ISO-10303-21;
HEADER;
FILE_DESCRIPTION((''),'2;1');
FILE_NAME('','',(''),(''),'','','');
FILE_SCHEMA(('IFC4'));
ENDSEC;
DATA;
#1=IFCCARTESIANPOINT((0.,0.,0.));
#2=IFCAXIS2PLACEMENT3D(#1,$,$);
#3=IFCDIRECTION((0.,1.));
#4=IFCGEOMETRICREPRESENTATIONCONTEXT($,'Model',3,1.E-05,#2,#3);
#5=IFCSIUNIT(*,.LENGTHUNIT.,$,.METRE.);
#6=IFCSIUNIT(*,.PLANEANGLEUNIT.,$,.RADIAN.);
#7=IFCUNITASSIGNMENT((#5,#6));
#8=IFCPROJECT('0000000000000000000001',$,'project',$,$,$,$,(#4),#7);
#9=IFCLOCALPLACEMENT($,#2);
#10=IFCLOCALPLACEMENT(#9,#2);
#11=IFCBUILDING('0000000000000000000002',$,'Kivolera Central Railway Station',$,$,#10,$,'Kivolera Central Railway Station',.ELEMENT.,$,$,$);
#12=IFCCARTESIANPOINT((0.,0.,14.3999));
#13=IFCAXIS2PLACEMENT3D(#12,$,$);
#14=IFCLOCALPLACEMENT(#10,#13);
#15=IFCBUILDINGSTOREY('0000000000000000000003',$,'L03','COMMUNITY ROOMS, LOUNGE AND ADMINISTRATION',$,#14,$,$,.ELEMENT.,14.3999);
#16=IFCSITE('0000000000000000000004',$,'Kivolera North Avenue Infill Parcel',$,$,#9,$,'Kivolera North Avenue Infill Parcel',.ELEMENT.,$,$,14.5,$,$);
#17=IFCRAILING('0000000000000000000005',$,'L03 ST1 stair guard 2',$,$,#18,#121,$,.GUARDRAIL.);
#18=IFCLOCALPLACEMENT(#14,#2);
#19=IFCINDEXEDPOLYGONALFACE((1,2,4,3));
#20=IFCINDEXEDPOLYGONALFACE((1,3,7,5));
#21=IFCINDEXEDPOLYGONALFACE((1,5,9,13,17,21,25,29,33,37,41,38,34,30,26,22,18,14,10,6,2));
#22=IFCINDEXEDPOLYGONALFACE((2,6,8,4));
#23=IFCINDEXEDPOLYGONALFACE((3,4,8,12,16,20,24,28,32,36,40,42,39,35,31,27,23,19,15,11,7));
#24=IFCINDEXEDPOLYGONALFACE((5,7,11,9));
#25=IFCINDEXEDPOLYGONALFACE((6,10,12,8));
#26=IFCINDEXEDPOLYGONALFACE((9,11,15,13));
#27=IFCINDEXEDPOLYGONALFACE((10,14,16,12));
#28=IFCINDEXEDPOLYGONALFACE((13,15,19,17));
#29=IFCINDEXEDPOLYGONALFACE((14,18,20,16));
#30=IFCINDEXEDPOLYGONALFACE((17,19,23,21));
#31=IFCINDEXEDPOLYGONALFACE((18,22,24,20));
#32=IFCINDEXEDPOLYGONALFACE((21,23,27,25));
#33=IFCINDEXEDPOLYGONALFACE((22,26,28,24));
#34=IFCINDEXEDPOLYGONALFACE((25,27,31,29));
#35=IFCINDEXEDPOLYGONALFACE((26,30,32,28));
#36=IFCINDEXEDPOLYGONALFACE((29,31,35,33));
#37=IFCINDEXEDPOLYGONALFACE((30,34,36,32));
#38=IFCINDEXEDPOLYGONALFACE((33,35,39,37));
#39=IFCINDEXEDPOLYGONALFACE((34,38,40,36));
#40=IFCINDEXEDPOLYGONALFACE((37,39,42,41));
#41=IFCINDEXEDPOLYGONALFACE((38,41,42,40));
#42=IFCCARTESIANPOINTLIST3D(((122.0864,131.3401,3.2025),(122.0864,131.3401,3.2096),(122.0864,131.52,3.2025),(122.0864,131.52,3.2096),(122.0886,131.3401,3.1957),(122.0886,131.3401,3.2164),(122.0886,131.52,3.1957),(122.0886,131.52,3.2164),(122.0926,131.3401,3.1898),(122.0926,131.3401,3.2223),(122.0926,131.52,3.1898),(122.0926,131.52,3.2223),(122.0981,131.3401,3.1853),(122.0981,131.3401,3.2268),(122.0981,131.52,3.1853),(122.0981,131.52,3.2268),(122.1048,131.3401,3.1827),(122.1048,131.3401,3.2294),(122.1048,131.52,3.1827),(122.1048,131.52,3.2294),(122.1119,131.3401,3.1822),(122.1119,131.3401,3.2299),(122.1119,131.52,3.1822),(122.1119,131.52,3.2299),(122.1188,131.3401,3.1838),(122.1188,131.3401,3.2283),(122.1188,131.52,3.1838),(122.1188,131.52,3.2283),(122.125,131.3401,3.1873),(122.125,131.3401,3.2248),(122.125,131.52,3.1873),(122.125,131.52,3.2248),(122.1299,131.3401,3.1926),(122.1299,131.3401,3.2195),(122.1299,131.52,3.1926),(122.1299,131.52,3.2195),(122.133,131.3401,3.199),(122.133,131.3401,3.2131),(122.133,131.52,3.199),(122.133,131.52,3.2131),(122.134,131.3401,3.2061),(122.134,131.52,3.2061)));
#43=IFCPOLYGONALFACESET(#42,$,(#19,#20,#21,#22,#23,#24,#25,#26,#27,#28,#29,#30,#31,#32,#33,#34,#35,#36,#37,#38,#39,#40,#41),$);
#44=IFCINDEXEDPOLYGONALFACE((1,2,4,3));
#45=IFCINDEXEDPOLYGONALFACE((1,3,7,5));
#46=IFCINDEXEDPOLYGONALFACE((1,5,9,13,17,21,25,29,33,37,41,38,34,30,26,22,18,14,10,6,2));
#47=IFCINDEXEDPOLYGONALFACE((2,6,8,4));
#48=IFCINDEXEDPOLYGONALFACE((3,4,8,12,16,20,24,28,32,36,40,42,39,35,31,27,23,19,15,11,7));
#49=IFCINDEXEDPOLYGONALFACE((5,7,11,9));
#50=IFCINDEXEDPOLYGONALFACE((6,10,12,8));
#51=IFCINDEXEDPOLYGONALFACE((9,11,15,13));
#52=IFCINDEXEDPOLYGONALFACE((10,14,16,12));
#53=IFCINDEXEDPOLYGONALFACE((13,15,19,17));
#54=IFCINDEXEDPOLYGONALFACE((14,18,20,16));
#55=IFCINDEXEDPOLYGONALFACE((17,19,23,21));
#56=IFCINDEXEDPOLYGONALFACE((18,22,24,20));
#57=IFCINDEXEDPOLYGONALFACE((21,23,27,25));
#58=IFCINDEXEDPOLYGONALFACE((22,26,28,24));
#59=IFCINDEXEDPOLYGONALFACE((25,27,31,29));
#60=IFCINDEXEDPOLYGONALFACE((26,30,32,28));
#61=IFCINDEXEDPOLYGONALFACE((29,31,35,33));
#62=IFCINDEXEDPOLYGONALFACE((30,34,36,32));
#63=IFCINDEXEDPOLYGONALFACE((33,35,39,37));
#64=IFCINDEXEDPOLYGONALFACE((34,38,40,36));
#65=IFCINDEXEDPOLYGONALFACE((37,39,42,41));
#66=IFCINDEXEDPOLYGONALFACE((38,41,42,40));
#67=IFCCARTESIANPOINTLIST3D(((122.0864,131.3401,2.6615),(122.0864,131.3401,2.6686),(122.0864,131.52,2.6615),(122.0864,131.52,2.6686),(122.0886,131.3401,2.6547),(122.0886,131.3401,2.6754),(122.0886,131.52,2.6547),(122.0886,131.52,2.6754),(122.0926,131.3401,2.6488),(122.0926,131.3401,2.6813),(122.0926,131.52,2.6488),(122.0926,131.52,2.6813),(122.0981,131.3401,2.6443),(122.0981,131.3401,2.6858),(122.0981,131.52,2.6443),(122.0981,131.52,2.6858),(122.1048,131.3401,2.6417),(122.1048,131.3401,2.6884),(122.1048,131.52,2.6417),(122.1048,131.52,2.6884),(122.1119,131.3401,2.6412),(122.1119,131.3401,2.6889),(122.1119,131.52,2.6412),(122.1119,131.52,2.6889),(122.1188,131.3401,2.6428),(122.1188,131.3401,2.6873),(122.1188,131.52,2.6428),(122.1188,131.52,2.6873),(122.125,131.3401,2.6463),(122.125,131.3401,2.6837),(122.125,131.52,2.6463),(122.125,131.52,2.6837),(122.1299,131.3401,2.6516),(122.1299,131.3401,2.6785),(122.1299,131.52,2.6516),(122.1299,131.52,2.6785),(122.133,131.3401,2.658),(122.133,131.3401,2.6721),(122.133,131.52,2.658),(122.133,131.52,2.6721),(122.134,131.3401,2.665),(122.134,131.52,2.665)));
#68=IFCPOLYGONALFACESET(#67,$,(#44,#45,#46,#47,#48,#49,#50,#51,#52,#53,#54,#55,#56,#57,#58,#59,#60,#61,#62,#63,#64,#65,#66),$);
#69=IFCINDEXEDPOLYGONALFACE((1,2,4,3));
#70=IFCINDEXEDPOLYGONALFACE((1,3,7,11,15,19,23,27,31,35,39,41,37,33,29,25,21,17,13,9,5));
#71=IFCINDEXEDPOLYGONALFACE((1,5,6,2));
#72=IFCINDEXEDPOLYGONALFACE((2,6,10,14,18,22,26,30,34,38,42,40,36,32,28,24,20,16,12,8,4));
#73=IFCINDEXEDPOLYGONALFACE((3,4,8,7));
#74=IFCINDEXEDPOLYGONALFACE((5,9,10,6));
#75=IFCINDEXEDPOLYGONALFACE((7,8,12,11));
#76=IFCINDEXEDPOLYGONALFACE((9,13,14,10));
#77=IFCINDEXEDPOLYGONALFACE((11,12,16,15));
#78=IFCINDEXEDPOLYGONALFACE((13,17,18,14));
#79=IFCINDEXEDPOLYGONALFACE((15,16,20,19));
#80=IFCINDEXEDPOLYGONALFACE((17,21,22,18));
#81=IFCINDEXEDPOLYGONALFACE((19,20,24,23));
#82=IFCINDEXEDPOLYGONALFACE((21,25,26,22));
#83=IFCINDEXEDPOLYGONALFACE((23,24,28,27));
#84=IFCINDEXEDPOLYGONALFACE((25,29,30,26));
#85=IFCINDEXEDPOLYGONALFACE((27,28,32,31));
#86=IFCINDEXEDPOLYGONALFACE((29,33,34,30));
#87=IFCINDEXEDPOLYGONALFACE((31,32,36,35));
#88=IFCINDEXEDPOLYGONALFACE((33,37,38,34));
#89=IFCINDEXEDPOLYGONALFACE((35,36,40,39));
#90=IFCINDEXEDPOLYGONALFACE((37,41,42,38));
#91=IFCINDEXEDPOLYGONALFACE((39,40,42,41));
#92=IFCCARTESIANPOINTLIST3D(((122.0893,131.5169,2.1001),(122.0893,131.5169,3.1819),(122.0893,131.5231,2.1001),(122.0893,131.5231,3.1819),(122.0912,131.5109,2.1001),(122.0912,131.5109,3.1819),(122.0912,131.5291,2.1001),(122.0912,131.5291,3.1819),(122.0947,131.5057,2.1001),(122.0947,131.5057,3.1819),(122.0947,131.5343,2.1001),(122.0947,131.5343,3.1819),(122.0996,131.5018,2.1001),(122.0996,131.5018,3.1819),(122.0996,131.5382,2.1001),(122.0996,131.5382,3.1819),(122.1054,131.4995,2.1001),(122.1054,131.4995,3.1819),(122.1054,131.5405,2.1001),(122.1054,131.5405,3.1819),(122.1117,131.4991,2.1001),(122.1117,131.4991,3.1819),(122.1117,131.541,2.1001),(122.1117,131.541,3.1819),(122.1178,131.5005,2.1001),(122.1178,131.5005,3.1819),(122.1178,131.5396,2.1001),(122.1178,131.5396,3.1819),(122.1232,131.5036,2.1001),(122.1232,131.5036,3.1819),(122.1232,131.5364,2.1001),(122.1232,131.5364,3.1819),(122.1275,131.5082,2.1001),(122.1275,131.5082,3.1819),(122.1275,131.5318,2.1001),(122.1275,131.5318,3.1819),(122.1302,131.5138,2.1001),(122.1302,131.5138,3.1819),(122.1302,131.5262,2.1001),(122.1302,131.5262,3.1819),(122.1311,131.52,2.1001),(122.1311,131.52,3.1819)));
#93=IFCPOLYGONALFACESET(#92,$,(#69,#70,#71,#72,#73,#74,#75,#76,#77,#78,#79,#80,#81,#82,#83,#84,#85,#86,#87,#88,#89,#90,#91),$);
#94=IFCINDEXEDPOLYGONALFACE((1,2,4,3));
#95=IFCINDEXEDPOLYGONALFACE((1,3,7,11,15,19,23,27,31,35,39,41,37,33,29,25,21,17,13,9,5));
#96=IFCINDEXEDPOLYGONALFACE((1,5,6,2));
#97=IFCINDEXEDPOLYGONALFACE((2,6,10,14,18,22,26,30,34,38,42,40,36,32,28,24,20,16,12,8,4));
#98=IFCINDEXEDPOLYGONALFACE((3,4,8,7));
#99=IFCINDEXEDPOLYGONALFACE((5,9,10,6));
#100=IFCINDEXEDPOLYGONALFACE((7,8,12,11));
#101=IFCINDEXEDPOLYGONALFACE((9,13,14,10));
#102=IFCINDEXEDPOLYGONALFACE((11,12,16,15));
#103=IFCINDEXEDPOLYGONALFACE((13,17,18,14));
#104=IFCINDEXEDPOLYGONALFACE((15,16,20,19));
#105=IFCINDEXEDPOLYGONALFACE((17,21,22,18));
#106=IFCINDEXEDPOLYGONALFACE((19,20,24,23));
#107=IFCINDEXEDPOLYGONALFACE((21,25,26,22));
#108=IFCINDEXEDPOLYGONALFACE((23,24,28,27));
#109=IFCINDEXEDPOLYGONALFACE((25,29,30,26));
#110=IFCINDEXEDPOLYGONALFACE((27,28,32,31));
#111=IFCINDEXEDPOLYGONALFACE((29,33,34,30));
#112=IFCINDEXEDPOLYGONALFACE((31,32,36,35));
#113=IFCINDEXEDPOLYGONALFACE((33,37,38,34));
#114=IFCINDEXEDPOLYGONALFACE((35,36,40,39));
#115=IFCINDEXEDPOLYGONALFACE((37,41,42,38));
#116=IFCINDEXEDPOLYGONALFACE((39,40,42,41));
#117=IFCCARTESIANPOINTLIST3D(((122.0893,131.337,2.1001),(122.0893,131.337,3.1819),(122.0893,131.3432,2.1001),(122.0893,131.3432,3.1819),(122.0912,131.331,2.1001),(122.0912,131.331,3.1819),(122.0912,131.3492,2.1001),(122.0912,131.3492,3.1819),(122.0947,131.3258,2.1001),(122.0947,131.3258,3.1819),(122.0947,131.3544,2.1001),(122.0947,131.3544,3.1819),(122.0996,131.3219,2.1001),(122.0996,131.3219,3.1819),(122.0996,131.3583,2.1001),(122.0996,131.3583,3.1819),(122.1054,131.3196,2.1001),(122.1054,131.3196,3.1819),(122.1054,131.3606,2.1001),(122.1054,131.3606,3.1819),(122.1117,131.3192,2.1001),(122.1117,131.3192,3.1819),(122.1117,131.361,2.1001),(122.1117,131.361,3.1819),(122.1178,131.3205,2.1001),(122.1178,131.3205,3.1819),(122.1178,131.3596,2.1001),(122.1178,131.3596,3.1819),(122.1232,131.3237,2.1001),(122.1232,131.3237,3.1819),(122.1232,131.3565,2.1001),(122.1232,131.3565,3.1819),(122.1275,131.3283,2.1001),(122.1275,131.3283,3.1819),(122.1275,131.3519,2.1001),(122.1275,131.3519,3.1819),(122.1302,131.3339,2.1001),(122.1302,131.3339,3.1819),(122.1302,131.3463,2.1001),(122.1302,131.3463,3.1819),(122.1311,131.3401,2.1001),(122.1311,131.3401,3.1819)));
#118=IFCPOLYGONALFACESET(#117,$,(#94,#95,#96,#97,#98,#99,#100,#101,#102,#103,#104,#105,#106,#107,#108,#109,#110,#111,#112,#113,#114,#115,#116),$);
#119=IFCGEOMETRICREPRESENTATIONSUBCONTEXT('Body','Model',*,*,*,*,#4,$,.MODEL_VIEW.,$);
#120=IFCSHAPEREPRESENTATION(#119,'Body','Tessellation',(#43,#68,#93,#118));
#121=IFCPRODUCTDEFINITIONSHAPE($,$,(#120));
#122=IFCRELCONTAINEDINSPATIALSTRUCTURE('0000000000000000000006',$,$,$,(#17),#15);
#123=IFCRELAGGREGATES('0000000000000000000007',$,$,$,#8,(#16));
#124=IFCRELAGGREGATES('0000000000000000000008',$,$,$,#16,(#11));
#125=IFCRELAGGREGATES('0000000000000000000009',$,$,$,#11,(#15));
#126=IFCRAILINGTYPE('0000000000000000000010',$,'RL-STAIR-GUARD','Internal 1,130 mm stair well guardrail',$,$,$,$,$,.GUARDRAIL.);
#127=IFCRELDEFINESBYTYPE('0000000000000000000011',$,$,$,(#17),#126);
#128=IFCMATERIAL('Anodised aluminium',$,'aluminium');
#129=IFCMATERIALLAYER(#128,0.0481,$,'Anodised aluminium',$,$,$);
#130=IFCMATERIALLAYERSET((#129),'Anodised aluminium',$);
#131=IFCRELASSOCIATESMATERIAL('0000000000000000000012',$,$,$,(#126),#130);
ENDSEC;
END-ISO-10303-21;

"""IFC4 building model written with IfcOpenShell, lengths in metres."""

from ifc_helpers import new_model, si_unit, direction, frame, origin, origin_2d, place, context, subcontext, project, spatial, circle, extrude, material, layer, layer_set, type_object, element, save


model = new_model("IFC4")

# Units and contexts
model_context = context("Model", 3, precision=1e-05, world=origin(), true_north=direction((0.0, 1.0)))
body_context = subcontext(model_context, "Body", "Model", "MODEL_VIEW")
ifc_project = project(units=[si_unit("LENGTHUNIT", "METRE"), si_unit("PLANEANGLEUNIT", "RADIAN")], contexts=[model_context])

# Site, building, storey
site_placement = place(None, origin())
site = spatial("IfcSite", under=ifc_project, at=site_placement, Name="Kivolera North Avenue Infill Parcel", LongName="Kivolera North Avenue Infill Parcel", CompositionType="ELEMENT", RefElevation=14.5)
building_placement = place(site_placement, origin())
building = spatial("IfcBuilding", under=site, at=building_placement, Name="Kivolera Central Railway Station", LongName="Kivolera Central Railway Station", CompositionType="ELEMENT")
storey_placement = place(building_placement, frame((0.0, 0.0, 14.3999)))
storey = spatial("IfcBuildingStorey", under=building, at=storey_placement, Name="L03", Description="COMMUNITY ROOMS, LOUNGE AND ADMINISTRATION", CompositionType="ELEMENT", Elevation=14.3999)

# Shared definitions
ifc_material_1 = material(Name="Anodised aluminium", Category="aluminium")

# Railing
ifc_layer_1 = layer(ifc_material_1, 0.0481, Name="Anodised aluminium")
ifc_layer_set_1 = layer_set([ifc_layer_1], Name="Anodised aluminium")
railing_type_1 = type_object("IfcRailingType", Name="RL-STAIR-GUARD", Description="Internal 1,130 mm stair well guardrail", PredefinedType="GUARDRAIL", material=ifc_layer_set_1)
railing_1_placement = place(storey_placement, frame((122.1101, 131.52, 2.1001)))
element("IfcRailing", 1, at=railing_1_placement, inside=storey, type_object=railing_type_1, Name="L03 ST1 stair guard 2", PredefinedType="GUARDRAIL", context=body_context, shape_type="SweptSolid", body=[
    extrude(circle(Radius=0.0239, at=origin_2d()), frame((0.0, 0.0, 1.106), z_axis=(0.0, -1.0, 0.0), x_axis=(1.0, 0.0, 0.0)), (0.0, 0.0, 1.0), 0.1799),
    extrude(circle(Radius=0.0239, at=origin_2d()), frame((0.0, 0.0, 0.5649), z_axis=(0.0, -1.0, 0.0), x_axis=(1.0, 0.0, 0.0)), (0.0, 0.0, 1.0), 0.1799),
    extrude(circle(Radius=0.021, at=origin_2d()), origin(), (0.0, 0.0, 1.0), 1.0818),
    extrude(circle(Radius=0.021, at=origin_2d()), frame((0.0, -0.1799, 0.0)), (0.0, 0.0, 1.0), 1.0818),
])

save(model, "model.ifc")
